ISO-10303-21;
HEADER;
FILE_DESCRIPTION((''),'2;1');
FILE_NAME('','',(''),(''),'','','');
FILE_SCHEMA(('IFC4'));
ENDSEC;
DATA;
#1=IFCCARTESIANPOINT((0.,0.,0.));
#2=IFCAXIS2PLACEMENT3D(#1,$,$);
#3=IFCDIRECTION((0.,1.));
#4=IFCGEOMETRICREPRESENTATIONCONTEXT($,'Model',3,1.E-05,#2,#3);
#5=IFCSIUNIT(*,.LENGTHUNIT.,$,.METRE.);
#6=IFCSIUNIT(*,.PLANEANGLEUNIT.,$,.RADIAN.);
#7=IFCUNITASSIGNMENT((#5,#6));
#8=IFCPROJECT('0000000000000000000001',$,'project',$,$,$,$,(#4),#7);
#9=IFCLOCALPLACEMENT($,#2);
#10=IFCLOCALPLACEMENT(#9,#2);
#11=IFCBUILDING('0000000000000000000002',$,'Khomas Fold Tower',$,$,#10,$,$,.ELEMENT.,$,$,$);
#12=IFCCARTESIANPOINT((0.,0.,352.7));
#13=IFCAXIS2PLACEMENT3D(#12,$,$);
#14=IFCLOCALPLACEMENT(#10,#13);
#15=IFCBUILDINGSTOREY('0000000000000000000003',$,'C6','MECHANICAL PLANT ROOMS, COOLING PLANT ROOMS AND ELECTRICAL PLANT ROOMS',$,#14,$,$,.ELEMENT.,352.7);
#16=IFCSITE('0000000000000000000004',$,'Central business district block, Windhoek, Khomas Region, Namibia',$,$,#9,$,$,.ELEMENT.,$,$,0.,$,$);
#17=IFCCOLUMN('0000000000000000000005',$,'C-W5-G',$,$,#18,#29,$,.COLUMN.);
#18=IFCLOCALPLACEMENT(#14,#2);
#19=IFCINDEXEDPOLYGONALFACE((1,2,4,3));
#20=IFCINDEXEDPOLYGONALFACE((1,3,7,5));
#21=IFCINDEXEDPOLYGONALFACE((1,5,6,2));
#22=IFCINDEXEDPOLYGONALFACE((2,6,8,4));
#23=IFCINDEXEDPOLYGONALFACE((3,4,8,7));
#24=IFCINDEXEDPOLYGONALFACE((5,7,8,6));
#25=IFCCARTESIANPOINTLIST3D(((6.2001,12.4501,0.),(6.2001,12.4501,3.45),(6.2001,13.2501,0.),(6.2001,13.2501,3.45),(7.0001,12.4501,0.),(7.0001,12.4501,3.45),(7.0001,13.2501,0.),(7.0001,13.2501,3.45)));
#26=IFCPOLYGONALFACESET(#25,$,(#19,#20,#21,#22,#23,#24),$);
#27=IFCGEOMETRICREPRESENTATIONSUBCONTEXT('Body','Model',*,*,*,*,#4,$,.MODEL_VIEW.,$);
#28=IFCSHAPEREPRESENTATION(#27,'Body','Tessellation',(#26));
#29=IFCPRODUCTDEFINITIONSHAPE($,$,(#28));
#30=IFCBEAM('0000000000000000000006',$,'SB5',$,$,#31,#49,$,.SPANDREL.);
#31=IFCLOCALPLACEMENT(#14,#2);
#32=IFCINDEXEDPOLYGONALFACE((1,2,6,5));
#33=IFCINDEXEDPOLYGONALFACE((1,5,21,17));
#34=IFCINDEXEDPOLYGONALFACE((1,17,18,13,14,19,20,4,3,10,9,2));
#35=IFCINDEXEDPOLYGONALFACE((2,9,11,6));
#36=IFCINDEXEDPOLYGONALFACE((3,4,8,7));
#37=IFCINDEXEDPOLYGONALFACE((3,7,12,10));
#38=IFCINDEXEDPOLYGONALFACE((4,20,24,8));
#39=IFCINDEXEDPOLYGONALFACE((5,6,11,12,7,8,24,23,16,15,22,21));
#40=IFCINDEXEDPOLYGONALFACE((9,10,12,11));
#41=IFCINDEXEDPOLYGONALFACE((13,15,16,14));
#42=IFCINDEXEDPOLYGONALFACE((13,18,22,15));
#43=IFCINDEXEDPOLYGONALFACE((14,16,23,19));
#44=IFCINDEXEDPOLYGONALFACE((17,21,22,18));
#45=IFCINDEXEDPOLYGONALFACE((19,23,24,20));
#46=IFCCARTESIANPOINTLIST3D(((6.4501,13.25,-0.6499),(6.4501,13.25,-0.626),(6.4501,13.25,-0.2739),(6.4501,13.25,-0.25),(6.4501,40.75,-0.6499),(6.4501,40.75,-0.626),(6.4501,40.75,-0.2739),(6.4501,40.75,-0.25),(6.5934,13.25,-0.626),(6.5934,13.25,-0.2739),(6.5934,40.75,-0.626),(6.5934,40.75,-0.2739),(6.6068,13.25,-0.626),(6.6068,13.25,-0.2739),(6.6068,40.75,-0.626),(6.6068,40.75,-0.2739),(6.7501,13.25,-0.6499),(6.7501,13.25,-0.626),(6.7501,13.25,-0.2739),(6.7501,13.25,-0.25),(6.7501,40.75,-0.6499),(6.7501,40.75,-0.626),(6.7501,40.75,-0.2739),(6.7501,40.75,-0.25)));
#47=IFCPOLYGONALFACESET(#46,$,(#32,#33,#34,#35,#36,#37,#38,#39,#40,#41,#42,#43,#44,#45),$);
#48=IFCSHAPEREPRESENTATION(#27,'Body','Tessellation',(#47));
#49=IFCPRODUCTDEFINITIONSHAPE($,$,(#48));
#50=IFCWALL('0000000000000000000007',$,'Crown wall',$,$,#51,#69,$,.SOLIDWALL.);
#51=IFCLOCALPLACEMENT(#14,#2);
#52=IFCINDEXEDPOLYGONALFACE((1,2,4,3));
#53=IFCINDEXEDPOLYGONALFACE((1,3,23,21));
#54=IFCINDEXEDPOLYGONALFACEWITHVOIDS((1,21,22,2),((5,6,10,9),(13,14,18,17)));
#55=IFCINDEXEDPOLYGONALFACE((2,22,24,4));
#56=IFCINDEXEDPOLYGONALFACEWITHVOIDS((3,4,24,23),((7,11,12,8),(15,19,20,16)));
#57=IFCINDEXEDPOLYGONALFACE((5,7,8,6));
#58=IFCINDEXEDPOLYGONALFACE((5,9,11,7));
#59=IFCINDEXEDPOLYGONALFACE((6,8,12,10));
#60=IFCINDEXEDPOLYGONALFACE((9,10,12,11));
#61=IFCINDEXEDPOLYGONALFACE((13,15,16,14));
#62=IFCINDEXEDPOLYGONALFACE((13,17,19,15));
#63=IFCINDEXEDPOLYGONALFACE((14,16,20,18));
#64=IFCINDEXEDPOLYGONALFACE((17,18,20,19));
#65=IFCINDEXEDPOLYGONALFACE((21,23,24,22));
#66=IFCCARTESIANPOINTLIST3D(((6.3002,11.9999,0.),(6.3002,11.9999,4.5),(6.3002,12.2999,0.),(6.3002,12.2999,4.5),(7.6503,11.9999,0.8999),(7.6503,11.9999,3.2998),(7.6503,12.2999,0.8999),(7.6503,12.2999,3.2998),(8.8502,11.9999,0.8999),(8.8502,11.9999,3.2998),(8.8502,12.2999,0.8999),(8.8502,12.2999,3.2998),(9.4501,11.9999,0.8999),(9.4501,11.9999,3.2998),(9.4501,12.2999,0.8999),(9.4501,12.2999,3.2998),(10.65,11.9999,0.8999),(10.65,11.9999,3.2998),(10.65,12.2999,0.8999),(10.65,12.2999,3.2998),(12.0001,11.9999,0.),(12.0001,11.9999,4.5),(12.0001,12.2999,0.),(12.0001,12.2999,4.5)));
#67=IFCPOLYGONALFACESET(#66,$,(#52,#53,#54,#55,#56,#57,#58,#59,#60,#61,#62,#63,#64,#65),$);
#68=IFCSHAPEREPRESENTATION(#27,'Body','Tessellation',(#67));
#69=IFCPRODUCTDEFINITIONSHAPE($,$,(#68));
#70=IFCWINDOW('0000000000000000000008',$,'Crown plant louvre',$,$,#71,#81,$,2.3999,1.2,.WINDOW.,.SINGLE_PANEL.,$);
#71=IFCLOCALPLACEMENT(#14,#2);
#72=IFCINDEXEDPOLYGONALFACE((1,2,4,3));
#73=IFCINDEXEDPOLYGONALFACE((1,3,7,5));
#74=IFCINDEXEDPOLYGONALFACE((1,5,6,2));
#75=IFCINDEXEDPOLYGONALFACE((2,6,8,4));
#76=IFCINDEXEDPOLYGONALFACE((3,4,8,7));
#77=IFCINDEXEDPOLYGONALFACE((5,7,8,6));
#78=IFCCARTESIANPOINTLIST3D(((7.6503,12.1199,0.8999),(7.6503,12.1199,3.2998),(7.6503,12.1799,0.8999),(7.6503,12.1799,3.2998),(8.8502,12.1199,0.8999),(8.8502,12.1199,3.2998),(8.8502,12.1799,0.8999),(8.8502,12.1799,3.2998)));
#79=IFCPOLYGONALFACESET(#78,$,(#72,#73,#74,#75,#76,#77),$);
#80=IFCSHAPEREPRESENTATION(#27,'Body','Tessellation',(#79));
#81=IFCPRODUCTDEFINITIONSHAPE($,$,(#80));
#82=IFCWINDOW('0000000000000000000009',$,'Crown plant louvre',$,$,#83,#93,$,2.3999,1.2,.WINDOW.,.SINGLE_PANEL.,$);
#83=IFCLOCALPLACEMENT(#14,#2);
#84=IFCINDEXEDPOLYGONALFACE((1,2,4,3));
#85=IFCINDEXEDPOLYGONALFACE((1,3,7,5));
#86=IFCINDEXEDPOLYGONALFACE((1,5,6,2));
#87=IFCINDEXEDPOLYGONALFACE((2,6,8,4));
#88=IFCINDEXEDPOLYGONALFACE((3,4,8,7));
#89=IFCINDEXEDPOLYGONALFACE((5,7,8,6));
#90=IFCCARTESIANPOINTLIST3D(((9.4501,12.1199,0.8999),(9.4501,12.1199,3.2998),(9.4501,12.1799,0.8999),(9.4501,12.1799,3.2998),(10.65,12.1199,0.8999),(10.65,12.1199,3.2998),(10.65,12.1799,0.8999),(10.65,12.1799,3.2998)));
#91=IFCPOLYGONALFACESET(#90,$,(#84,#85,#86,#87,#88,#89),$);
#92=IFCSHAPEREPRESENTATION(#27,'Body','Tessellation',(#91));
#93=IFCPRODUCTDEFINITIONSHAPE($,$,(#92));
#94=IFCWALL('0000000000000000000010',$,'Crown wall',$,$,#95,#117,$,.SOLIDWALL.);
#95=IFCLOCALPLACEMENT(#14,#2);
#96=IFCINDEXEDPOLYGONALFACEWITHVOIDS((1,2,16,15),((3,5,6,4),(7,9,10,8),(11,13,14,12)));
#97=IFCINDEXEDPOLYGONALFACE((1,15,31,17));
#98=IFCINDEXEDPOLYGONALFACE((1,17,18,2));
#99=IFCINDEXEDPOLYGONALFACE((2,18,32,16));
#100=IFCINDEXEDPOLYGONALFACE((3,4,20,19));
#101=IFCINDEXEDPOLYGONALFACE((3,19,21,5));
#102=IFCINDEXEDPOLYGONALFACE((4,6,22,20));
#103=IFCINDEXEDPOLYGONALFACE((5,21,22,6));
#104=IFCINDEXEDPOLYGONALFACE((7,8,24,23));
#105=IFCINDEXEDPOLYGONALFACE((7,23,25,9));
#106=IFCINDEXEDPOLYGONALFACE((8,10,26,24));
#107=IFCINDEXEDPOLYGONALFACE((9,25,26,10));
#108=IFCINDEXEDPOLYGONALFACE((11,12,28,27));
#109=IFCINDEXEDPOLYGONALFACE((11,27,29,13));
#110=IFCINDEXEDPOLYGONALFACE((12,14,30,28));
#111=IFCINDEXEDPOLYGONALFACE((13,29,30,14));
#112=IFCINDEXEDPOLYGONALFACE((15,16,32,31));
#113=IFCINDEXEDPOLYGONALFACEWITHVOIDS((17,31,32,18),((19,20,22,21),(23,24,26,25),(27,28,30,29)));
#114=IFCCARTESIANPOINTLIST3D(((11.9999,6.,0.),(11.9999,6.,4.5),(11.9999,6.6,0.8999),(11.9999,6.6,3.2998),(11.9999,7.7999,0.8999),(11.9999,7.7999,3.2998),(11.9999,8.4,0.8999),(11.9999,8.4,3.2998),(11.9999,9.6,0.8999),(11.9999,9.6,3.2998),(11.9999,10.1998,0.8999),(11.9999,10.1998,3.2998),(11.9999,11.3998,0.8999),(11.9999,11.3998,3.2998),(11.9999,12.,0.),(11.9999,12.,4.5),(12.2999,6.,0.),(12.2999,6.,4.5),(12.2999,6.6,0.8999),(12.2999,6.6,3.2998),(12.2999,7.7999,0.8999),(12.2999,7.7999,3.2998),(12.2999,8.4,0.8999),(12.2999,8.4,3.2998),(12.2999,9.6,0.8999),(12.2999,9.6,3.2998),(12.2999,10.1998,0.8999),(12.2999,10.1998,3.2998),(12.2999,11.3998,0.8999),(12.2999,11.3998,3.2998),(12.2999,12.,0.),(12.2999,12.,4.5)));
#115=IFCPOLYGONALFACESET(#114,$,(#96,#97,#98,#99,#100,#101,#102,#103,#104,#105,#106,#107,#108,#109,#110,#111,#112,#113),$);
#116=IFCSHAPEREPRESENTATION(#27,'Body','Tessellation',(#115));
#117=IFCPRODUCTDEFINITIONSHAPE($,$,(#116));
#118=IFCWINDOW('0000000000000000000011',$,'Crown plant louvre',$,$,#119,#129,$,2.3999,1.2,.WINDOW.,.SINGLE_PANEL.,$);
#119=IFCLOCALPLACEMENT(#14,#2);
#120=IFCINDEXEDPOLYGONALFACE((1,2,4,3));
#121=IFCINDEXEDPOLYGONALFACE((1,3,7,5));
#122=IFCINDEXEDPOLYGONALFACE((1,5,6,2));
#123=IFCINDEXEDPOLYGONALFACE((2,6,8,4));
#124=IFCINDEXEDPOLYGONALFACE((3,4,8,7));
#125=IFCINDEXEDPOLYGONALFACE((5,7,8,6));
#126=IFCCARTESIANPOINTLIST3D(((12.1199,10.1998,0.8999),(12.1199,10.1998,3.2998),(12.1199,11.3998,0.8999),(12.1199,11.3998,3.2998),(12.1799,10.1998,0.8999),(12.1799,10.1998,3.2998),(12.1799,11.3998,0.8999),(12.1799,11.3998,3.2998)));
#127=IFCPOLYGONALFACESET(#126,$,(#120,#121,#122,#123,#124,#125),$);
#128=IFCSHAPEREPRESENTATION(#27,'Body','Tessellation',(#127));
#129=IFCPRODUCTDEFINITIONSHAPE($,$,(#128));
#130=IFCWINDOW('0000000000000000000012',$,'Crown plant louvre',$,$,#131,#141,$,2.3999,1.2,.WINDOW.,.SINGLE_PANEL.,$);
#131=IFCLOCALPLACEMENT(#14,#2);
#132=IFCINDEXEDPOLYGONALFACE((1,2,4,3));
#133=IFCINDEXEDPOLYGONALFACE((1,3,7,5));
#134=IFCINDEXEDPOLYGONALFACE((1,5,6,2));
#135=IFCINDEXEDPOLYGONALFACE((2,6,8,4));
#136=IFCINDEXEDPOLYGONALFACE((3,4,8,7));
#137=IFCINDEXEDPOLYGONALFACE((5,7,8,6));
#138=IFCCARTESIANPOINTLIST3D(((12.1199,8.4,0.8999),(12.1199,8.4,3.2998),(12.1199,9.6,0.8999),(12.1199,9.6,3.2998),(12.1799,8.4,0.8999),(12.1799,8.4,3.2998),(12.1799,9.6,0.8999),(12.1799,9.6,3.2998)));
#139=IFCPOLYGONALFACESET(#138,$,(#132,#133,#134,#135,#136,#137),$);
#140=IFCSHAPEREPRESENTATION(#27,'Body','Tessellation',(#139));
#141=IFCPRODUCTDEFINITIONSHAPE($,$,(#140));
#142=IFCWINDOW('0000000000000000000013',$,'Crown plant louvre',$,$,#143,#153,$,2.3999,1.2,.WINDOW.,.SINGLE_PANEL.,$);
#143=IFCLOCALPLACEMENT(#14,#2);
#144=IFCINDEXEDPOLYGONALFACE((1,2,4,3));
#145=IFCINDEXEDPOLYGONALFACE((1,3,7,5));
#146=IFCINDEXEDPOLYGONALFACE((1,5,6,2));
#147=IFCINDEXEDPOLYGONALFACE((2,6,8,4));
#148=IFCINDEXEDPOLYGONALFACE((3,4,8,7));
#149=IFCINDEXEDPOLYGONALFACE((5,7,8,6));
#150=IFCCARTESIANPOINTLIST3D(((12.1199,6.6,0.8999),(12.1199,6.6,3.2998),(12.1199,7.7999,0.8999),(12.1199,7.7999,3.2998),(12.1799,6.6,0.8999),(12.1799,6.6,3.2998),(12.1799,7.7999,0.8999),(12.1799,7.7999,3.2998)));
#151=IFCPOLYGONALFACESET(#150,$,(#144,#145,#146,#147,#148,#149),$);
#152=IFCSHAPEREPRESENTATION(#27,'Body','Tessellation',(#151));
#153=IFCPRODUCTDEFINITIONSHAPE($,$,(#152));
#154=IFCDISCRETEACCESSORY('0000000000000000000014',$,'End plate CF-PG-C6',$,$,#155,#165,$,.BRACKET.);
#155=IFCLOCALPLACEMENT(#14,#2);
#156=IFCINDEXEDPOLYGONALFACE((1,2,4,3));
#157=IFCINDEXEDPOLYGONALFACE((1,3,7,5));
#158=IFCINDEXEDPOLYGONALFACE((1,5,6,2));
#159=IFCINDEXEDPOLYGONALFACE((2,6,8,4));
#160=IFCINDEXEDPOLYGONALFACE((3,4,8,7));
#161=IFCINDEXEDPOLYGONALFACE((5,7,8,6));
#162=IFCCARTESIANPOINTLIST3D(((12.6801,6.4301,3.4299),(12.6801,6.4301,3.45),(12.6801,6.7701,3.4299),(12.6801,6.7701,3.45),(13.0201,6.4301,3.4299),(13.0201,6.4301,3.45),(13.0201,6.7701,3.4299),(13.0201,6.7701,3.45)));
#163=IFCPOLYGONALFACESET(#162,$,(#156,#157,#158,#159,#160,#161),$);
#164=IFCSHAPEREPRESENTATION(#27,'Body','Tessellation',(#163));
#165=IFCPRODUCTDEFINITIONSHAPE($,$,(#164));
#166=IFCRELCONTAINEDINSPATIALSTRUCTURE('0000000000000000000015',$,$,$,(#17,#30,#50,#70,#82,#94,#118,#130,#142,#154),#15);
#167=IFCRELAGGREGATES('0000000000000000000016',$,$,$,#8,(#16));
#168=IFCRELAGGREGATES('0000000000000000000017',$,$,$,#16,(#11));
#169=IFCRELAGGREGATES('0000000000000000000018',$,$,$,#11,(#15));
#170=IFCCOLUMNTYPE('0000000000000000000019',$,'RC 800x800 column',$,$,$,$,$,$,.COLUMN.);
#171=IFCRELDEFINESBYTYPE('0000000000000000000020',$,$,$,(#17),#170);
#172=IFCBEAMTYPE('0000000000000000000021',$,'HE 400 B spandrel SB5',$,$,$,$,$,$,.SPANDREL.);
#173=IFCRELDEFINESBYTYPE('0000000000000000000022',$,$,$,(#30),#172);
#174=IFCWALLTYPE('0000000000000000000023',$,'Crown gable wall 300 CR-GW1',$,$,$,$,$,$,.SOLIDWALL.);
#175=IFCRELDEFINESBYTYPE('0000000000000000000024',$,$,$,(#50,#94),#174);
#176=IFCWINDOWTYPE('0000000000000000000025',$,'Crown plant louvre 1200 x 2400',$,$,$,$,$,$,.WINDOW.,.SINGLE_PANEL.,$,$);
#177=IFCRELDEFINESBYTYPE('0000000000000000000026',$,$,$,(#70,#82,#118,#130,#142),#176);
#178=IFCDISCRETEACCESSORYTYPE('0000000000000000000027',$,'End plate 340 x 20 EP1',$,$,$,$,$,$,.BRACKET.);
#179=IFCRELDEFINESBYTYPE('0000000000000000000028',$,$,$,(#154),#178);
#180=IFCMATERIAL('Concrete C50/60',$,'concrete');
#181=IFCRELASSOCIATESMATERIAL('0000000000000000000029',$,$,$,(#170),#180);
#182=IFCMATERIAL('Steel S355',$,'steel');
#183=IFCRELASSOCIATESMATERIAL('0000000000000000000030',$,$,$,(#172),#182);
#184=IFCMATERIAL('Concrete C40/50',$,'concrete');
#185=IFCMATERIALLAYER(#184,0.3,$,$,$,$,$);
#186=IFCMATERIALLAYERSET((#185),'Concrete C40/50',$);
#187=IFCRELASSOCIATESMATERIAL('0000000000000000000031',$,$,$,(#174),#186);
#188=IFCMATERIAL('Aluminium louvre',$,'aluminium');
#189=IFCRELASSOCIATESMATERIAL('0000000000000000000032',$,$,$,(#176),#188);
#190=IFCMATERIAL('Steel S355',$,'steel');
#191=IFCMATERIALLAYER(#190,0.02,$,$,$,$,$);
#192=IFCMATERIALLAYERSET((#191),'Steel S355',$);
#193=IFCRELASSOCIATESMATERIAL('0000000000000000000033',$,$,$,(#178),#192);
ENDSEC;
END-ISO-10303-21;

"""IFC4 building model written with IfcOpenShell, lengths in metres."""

from ifc_helpers import new_model, si_unit, direction, frame, frame_2d, origin, origin_2d, place, context, subcontext, project, spatial, rectangle, i_section, extrude, source, transform, mapped, material, layer, layer_set, material_profile, profile_set, type_object, element, fill, save


model = new_model("IFC4")

# Units and contexts
model_context = context("Model", 3, precision=1e-05, world=origin(), true_north=direction((0.0, 1.0)))
body_context = subcontext(model_context, "Body", "Model", "MODEL_VIEW")
ifc_project = project(units=[si_unit("LENGTHUNIT", "METRE"), si_unit("PLANEANGLEUNIT", "RADIAN")], contexts=[model_context])

# Site, building, storey
site_placement = place(None, origin())
site = spatial("IfcSite", under=ifc_project, at=site_placement, Name="Central business district block, Windhoek, Khomas Region, Namibia", CompositionType="ELEMENT", RefElevation=0.0)
building_placement = place(site_placement, origin())
building = spatial("IfcBuilding", under=site, at=building_placement, Name="Khomas Fold Tower", CompositionType="ELEMENT")
storey_placement = place(building_placement, frame((0.0, 0.0, 352.7)))
storey = spatial("IfcBuildingStorey", under=building, at=storey_placement, Name="C6", Description="MECHANICAL PLANT ROOMS, COOLING PLANT ROOMS AND ELECTRICAL PLANT ROOMS", CompositionType="ELEMENT", Elevation=352.7)

# Column
ifc_material_1 = material(Name="Concrete C50/60", Category="concrete")
ifc_material_profile_1 = material_profile(ifc_material_1, rectangle(XDim=0.8, YDim=0.8, at=origin_2d()), Name="RC 800x800")
ifc_profile_set_1 = profile_set([ifc_material_profile_1], Name="Concrete C50/60")
column_type = type_object("IfcColumnType", Name="RC 800x800 column", PredefinedType="COLUMN", material=ifc_profile_set_1)
shared_shape_1 = source(origin(), body_context, "Body", "SweptSolid", [
    extrude(rectangle(XDim=0.8, YDim=0.8, at=origin_2d()), origin(), (0.0, 0.0, 1.0), 3.45),
])
column_placement = place(storey_placement, frame((6.6001, 12.8501, 0.0), z_axis=(0.0, 0.0, 1.0), x_axis=(1.0, 0.0, 0.0)))
element("IfcColumn", 1, at=column_placement, inside=storey, type_object=column_type, Name="C-W5-G", PredefinedType="COLUMN", context=body_context, shape_type="MappedRepresentation", body=[
    mapped(shared_shape_1, transform((0.0, 0.0, 0.0))),
])

# Beam
ifc_material_2 = material(Name="Steel S355", Category="steel")
ifc_material_profile_2 = material_profile(ifc_material_2, i_section(OverallWidth=0.3, OverallDepth=0.3999, WebThickness=0.0134, FlangeThickness=0.0239, at=origin_2d()), Name="HE 400 B")
ifc_profile_set_2 = profile_set([ifc_material_profile_2], Name="Steel S355")
beam_type = type_object("IfcBeamType", Name="HE 400 B spandrel SB5", PredefinedType="SPANDREL", material=ifc_profile_set_2)
shared_shape_2 = source(origin(), body_context, "Body", "SweptSolid", [
    extrude(i_section(OverallWidth=0.3, OverallDepth=0.3999, WebThickness=0.0134, FlangeThickness=0.0239, at=origin_2d()), origin(), (0.0, 0.0, 1.0), 27.5),
])
beam_placement = place(storey_placement, frame((6.6001, 13.25, -0.45), z_axis=(0.0, 1.0, 0.0), x_axis=(-1.0, 0.0, 0.0)))
element("IfcBeam", 2, at=beam_placement, inside=storey, type_object=beam_type, Name="SB5", PredefinedType="SPANDREL", context=body_context, shape_type="MappedRepresentation", body=[
    mapped(shared_shape_2, transform((0.0, 0.0, 0.0))),
])

# Walls, openings, windows
ifc_material_3 = material(Name="Concrete C40/50", Category="concrete")
ifc_layer_1 = layer(ifc_material_3, 0.3)
ifc_layer_set_1 = layer_set([ifc_layer_1], Name="Concrete C40/50")
wall_type = type_object("IfcWallType", Name="Crown gable wall 300 CR-GW1", PredefinedType="SOLIDWALL", material=ifc_layer_set_1)
shared_shape_3 = source(origin(), body_context, "Body", "SweptSolid", [
    extrude(rectangle(XDim=5.7, YDim=0.3, at=frame_2d((2.8501, 0.0))), origin(), (0.0, 0.0, 1.0), 4.5),
])
wall_1_placement = place(storey_placement, frame((6.3, 12.1499, 0.0), z_axis=(0.0, 0.0, 1.0), x_axis=(1.0, 0.0, 0.0)))
wall_1 = element("IfcWall", 3, at=wall_1_placement, inside=storey, type_object=wall_type, Name="Crown wall", PredefinedType="SOLIDWALL", context=body_context, shape_type="MappedRepresentation", body=[
    mapped(shared_shape_3, transform((0.0, 0.0, 0.0))),
])
shared_shape_4 = source(origin(), body_context, "Body", "SweptSolid", [
    extrude(rectangle(XDim=1.2, YDim=2.3999, at=frame_2d((0.6001, 1.2))), frame((0.0, 0.1599, 0.0), z_axis=(0.0, -1.0, 0.0), x_axis=(1.0, 0.0, 0.0)), (0.0, 0.0, 1.0), 0.3201),
])
opening_1_placement = place(wall_1_placement, frame((1.3501, 0.0, 0.8999)))
opening_1 = element("IfcOpeningElement", 4, at=opening_1_placement, cuts=wall_1, PredefinedType="OPENING", context=body_context, shape_type="MappedRepresentation", body=[
    mapped(shared_shape_4, transform((0.0, 0.0, 0.0))),
])
opening_2_placement = place(wall_1_placement, frame((3.1499, 0.0, 0.8999)))
opening_2 = element("IfcOpeningElement", 5, at=opening_2_placement, cuts=wall_1, PredefinedType="OPENING", context=body_context, shape_type="MappedRepresentation", body=[
    mapped(shared_shape_4, transform((0.0, 0.0, 0.0))),
])
ifc_material_4 = material(Name="Aluminium louvre", Category="aluminium")
window_type = type_object("IfcWindowType", Name="Crown plant louvre 1200 x 2400", PartitioningType="SINGLE_PANEL", PredefinedType="WINDOW", material=ifc_material_4)
shared_shape_5 = source(origin(), body_context, "Body", "SweptSolid", [
    extrude(rectangle(XDim=1.2, YDim=2.3999, at=frame_2d((0.6001, 1.2))), frame((0.0, 0.03, 0.0), z_axis=(0.0, -1.0, 0.0), x_axis=(1.0, 0.0, 0.0)), (0.0, 0.0, 1.0), 0.0601),
])
window_1_placement = place(opening_1_placement, origin())
window_1 = element("IfcWindow", 6, at=window_1_placement, inside=storey, type_object=window_type, Name="Crown plant louvre", OverallHeight=2.3999, OverallWidth=1.2, PartitioningType="SINGLE_PANEL", PredefinedType="WINDOW", context=body_context, shape_type="MappedRepresentation", body=[
    mapped(shared_shape_5, transform((0.0, 0.0, 0.0))),
])
fill(opening_1, window_1)
window_2_placement = place(opening_2_placement, origin())
window_2 = element("IfcWindow", 7, at=window_2_placement, inside=storey, type_object=window_type, Name="Crown plant louvre", OverallHeight=2.3999, OverallWidth=1.2, PartitioningType="SINGLE_PANEL", PredefinedType="WINDOW", context=body_context, shape_type="MappedRepresentation", body=[
    mapped(shared_shape_5, transform((0.0, 0.0, 0.0))),
])
fill(opening_2, window_2)
shared_shape_6 = source(origin(), body_context, "Body", "SweptSolid", [
    extrude(rectangle(XDim=6.0, YDim=0.3, at=frame_2d((3.0, 0.0))), origin(), (0.0, 0.0, 1.0), 4.5),
])
wall_2_placement = place(storey_placement, frame((12.1499, 12.0, 0.0), z_axis=(0.0, 0.0, 1.0), x_axis=(0.0, -1.0, 0.0)))
wall_2 = element("IfcWall", 8, at=wall_2_placement, inside=storey, type_object=wall_type, Name="Crown wall", PredefinedType="SOLIDWALL", context=body_context, shape_type="MappedRepresentation", body=[
    mapped(shared_shape_6, transform((0.0, 0.0, 0.0))),
])
opening_3_placement = place(wall_2_placement, frame((0.6001, 0.0, 0.8999)))
opening_3 = element("IfcOpeningElement", 9, at=opening_3_placement, cuts=wall_2, PredefinedType="OPENING", context=body_context, shape_type="MappedRepresentation", body=[
    mapped(shared_shape_4, transform((0.0, 0.0, 0.0))),
])
opening_4_placement = place(wall_2_placement, frame((2.3999, 0.0, 0.8999)))
opening_4 = element("IfcOpeningElement", 10, at=opening_4_placement, cuts=wall_2, PredefinedType="OPENING", context=body_context, shape_type="MappedRepresentation", body=[
    mapped(shared_shape_4, transform((0.0, 0.0, 0.0))),
])
opening_5_placement = place(wall_2_placement, frame((4.2, 0.0, 0.8999)))
opening_5 = element("IfcOpeningElement", 11, at=opening_5_placement, cuts=wall_2, PredefinedType="OPENING", context=body_context, shape_type="MappedRepresentation", body=[
    mapped(shared_shape_4, transform((0.0, 0.0, 0.0))),
])
window_3_placement = place(opening_3_placement, origin())
window_3 = element("IfcWindow", 12, at=window_3_placement, inside=storey, type_object=window_type, Name="Crown plant louvre", OverallHeight=2.3999, OverallWidth=1.2, PartitioningType="SINGLE_PANEL", PredefinedType="WINDOW", context=body_context, shape_type="MappedRepresentation", body=[
    mapped(shared_shape_5, transform((0.0, 0.0, 0.0))),
])
fill(opening_3, window_3)
window_4_placement = place(opening_4_placement, origin())
window_4 = element("IfcWindow", 13, at=window_4_placement, inside=storey, type_object=window_type, Name="Crown plant louvre", OverallHeight=2.3999, OverallWidth=1.2, PartitioningType="SINGLE_PANEL", PredefinedType="WINDOW", context=body_context, shape_type="MappedRepresentation", body=[
    mapped(shared_shape_5, transform((0.0, 0.0, 0.0))),
])
fill(opening_4, window_4)
window_5_placement = place(opening_5_placement, origin())
window_5 = element("IfcWindow", 14, at=window_5_placement, inside=storey, type_object=window_type, Name="Crown plant louvre", OverallHeight=2.3999, OverallWidth=1.2, PartitioningType="SINGLE_PANEL", PredefinedType="WINDOW", context=body_context, shape_type="MappedRepresentation", body=[
    mapped(shared_shape_5, transform((0.0, 0.0, 0.0))),
])
fill(opening_5, window_5)

# Discrete accessory
ifc_material_5 = material(Name="Steel S355", Category="steel")
ifc_layer_2 = layer(ifc_material_5, 0.02)
ifc_layer_set_2 = layer_set([ifc_layer_2], Name="Steel S355")
discrete_accessory_type = type_object("IfcDiscreteAccessoryType", Name="End plate 340 x 20 EP1", PredefinedType="BRACKET", material=ifc_layer_set_2)
shared_shape_7 = source(origin(), body_context, "Body", "SweptSolid", [
    extrude(rectangle(XDim=0.3401, YDim=0.3401, at=origin_2d()), origin(), (0.0, 0.0, 1.0), 0.02),
])
for number, where, z_axis, x_axis, name in (
    (15, (12.8501, 6.6001, 3.4299), (0.0, 0.0, 1.0), (1.0, 0.0, 0.0), "End plate CF-PG-C6"),
):
    element("IfcDiscreteAccessory", number, at=place(storey_placement, frame(where, z_axis=z_axis, x_axis=x_axis)), inside=storey, type_object=discrete_accessory_type, Name=name, PredefinedType="BRACKET", context=body_context, shape_type="MappedRepresentation", body=[
        mapped(shared_shape_7, transform((0.0, 0.0, 0.0))),
    ])

save(model, "model.ifc")
